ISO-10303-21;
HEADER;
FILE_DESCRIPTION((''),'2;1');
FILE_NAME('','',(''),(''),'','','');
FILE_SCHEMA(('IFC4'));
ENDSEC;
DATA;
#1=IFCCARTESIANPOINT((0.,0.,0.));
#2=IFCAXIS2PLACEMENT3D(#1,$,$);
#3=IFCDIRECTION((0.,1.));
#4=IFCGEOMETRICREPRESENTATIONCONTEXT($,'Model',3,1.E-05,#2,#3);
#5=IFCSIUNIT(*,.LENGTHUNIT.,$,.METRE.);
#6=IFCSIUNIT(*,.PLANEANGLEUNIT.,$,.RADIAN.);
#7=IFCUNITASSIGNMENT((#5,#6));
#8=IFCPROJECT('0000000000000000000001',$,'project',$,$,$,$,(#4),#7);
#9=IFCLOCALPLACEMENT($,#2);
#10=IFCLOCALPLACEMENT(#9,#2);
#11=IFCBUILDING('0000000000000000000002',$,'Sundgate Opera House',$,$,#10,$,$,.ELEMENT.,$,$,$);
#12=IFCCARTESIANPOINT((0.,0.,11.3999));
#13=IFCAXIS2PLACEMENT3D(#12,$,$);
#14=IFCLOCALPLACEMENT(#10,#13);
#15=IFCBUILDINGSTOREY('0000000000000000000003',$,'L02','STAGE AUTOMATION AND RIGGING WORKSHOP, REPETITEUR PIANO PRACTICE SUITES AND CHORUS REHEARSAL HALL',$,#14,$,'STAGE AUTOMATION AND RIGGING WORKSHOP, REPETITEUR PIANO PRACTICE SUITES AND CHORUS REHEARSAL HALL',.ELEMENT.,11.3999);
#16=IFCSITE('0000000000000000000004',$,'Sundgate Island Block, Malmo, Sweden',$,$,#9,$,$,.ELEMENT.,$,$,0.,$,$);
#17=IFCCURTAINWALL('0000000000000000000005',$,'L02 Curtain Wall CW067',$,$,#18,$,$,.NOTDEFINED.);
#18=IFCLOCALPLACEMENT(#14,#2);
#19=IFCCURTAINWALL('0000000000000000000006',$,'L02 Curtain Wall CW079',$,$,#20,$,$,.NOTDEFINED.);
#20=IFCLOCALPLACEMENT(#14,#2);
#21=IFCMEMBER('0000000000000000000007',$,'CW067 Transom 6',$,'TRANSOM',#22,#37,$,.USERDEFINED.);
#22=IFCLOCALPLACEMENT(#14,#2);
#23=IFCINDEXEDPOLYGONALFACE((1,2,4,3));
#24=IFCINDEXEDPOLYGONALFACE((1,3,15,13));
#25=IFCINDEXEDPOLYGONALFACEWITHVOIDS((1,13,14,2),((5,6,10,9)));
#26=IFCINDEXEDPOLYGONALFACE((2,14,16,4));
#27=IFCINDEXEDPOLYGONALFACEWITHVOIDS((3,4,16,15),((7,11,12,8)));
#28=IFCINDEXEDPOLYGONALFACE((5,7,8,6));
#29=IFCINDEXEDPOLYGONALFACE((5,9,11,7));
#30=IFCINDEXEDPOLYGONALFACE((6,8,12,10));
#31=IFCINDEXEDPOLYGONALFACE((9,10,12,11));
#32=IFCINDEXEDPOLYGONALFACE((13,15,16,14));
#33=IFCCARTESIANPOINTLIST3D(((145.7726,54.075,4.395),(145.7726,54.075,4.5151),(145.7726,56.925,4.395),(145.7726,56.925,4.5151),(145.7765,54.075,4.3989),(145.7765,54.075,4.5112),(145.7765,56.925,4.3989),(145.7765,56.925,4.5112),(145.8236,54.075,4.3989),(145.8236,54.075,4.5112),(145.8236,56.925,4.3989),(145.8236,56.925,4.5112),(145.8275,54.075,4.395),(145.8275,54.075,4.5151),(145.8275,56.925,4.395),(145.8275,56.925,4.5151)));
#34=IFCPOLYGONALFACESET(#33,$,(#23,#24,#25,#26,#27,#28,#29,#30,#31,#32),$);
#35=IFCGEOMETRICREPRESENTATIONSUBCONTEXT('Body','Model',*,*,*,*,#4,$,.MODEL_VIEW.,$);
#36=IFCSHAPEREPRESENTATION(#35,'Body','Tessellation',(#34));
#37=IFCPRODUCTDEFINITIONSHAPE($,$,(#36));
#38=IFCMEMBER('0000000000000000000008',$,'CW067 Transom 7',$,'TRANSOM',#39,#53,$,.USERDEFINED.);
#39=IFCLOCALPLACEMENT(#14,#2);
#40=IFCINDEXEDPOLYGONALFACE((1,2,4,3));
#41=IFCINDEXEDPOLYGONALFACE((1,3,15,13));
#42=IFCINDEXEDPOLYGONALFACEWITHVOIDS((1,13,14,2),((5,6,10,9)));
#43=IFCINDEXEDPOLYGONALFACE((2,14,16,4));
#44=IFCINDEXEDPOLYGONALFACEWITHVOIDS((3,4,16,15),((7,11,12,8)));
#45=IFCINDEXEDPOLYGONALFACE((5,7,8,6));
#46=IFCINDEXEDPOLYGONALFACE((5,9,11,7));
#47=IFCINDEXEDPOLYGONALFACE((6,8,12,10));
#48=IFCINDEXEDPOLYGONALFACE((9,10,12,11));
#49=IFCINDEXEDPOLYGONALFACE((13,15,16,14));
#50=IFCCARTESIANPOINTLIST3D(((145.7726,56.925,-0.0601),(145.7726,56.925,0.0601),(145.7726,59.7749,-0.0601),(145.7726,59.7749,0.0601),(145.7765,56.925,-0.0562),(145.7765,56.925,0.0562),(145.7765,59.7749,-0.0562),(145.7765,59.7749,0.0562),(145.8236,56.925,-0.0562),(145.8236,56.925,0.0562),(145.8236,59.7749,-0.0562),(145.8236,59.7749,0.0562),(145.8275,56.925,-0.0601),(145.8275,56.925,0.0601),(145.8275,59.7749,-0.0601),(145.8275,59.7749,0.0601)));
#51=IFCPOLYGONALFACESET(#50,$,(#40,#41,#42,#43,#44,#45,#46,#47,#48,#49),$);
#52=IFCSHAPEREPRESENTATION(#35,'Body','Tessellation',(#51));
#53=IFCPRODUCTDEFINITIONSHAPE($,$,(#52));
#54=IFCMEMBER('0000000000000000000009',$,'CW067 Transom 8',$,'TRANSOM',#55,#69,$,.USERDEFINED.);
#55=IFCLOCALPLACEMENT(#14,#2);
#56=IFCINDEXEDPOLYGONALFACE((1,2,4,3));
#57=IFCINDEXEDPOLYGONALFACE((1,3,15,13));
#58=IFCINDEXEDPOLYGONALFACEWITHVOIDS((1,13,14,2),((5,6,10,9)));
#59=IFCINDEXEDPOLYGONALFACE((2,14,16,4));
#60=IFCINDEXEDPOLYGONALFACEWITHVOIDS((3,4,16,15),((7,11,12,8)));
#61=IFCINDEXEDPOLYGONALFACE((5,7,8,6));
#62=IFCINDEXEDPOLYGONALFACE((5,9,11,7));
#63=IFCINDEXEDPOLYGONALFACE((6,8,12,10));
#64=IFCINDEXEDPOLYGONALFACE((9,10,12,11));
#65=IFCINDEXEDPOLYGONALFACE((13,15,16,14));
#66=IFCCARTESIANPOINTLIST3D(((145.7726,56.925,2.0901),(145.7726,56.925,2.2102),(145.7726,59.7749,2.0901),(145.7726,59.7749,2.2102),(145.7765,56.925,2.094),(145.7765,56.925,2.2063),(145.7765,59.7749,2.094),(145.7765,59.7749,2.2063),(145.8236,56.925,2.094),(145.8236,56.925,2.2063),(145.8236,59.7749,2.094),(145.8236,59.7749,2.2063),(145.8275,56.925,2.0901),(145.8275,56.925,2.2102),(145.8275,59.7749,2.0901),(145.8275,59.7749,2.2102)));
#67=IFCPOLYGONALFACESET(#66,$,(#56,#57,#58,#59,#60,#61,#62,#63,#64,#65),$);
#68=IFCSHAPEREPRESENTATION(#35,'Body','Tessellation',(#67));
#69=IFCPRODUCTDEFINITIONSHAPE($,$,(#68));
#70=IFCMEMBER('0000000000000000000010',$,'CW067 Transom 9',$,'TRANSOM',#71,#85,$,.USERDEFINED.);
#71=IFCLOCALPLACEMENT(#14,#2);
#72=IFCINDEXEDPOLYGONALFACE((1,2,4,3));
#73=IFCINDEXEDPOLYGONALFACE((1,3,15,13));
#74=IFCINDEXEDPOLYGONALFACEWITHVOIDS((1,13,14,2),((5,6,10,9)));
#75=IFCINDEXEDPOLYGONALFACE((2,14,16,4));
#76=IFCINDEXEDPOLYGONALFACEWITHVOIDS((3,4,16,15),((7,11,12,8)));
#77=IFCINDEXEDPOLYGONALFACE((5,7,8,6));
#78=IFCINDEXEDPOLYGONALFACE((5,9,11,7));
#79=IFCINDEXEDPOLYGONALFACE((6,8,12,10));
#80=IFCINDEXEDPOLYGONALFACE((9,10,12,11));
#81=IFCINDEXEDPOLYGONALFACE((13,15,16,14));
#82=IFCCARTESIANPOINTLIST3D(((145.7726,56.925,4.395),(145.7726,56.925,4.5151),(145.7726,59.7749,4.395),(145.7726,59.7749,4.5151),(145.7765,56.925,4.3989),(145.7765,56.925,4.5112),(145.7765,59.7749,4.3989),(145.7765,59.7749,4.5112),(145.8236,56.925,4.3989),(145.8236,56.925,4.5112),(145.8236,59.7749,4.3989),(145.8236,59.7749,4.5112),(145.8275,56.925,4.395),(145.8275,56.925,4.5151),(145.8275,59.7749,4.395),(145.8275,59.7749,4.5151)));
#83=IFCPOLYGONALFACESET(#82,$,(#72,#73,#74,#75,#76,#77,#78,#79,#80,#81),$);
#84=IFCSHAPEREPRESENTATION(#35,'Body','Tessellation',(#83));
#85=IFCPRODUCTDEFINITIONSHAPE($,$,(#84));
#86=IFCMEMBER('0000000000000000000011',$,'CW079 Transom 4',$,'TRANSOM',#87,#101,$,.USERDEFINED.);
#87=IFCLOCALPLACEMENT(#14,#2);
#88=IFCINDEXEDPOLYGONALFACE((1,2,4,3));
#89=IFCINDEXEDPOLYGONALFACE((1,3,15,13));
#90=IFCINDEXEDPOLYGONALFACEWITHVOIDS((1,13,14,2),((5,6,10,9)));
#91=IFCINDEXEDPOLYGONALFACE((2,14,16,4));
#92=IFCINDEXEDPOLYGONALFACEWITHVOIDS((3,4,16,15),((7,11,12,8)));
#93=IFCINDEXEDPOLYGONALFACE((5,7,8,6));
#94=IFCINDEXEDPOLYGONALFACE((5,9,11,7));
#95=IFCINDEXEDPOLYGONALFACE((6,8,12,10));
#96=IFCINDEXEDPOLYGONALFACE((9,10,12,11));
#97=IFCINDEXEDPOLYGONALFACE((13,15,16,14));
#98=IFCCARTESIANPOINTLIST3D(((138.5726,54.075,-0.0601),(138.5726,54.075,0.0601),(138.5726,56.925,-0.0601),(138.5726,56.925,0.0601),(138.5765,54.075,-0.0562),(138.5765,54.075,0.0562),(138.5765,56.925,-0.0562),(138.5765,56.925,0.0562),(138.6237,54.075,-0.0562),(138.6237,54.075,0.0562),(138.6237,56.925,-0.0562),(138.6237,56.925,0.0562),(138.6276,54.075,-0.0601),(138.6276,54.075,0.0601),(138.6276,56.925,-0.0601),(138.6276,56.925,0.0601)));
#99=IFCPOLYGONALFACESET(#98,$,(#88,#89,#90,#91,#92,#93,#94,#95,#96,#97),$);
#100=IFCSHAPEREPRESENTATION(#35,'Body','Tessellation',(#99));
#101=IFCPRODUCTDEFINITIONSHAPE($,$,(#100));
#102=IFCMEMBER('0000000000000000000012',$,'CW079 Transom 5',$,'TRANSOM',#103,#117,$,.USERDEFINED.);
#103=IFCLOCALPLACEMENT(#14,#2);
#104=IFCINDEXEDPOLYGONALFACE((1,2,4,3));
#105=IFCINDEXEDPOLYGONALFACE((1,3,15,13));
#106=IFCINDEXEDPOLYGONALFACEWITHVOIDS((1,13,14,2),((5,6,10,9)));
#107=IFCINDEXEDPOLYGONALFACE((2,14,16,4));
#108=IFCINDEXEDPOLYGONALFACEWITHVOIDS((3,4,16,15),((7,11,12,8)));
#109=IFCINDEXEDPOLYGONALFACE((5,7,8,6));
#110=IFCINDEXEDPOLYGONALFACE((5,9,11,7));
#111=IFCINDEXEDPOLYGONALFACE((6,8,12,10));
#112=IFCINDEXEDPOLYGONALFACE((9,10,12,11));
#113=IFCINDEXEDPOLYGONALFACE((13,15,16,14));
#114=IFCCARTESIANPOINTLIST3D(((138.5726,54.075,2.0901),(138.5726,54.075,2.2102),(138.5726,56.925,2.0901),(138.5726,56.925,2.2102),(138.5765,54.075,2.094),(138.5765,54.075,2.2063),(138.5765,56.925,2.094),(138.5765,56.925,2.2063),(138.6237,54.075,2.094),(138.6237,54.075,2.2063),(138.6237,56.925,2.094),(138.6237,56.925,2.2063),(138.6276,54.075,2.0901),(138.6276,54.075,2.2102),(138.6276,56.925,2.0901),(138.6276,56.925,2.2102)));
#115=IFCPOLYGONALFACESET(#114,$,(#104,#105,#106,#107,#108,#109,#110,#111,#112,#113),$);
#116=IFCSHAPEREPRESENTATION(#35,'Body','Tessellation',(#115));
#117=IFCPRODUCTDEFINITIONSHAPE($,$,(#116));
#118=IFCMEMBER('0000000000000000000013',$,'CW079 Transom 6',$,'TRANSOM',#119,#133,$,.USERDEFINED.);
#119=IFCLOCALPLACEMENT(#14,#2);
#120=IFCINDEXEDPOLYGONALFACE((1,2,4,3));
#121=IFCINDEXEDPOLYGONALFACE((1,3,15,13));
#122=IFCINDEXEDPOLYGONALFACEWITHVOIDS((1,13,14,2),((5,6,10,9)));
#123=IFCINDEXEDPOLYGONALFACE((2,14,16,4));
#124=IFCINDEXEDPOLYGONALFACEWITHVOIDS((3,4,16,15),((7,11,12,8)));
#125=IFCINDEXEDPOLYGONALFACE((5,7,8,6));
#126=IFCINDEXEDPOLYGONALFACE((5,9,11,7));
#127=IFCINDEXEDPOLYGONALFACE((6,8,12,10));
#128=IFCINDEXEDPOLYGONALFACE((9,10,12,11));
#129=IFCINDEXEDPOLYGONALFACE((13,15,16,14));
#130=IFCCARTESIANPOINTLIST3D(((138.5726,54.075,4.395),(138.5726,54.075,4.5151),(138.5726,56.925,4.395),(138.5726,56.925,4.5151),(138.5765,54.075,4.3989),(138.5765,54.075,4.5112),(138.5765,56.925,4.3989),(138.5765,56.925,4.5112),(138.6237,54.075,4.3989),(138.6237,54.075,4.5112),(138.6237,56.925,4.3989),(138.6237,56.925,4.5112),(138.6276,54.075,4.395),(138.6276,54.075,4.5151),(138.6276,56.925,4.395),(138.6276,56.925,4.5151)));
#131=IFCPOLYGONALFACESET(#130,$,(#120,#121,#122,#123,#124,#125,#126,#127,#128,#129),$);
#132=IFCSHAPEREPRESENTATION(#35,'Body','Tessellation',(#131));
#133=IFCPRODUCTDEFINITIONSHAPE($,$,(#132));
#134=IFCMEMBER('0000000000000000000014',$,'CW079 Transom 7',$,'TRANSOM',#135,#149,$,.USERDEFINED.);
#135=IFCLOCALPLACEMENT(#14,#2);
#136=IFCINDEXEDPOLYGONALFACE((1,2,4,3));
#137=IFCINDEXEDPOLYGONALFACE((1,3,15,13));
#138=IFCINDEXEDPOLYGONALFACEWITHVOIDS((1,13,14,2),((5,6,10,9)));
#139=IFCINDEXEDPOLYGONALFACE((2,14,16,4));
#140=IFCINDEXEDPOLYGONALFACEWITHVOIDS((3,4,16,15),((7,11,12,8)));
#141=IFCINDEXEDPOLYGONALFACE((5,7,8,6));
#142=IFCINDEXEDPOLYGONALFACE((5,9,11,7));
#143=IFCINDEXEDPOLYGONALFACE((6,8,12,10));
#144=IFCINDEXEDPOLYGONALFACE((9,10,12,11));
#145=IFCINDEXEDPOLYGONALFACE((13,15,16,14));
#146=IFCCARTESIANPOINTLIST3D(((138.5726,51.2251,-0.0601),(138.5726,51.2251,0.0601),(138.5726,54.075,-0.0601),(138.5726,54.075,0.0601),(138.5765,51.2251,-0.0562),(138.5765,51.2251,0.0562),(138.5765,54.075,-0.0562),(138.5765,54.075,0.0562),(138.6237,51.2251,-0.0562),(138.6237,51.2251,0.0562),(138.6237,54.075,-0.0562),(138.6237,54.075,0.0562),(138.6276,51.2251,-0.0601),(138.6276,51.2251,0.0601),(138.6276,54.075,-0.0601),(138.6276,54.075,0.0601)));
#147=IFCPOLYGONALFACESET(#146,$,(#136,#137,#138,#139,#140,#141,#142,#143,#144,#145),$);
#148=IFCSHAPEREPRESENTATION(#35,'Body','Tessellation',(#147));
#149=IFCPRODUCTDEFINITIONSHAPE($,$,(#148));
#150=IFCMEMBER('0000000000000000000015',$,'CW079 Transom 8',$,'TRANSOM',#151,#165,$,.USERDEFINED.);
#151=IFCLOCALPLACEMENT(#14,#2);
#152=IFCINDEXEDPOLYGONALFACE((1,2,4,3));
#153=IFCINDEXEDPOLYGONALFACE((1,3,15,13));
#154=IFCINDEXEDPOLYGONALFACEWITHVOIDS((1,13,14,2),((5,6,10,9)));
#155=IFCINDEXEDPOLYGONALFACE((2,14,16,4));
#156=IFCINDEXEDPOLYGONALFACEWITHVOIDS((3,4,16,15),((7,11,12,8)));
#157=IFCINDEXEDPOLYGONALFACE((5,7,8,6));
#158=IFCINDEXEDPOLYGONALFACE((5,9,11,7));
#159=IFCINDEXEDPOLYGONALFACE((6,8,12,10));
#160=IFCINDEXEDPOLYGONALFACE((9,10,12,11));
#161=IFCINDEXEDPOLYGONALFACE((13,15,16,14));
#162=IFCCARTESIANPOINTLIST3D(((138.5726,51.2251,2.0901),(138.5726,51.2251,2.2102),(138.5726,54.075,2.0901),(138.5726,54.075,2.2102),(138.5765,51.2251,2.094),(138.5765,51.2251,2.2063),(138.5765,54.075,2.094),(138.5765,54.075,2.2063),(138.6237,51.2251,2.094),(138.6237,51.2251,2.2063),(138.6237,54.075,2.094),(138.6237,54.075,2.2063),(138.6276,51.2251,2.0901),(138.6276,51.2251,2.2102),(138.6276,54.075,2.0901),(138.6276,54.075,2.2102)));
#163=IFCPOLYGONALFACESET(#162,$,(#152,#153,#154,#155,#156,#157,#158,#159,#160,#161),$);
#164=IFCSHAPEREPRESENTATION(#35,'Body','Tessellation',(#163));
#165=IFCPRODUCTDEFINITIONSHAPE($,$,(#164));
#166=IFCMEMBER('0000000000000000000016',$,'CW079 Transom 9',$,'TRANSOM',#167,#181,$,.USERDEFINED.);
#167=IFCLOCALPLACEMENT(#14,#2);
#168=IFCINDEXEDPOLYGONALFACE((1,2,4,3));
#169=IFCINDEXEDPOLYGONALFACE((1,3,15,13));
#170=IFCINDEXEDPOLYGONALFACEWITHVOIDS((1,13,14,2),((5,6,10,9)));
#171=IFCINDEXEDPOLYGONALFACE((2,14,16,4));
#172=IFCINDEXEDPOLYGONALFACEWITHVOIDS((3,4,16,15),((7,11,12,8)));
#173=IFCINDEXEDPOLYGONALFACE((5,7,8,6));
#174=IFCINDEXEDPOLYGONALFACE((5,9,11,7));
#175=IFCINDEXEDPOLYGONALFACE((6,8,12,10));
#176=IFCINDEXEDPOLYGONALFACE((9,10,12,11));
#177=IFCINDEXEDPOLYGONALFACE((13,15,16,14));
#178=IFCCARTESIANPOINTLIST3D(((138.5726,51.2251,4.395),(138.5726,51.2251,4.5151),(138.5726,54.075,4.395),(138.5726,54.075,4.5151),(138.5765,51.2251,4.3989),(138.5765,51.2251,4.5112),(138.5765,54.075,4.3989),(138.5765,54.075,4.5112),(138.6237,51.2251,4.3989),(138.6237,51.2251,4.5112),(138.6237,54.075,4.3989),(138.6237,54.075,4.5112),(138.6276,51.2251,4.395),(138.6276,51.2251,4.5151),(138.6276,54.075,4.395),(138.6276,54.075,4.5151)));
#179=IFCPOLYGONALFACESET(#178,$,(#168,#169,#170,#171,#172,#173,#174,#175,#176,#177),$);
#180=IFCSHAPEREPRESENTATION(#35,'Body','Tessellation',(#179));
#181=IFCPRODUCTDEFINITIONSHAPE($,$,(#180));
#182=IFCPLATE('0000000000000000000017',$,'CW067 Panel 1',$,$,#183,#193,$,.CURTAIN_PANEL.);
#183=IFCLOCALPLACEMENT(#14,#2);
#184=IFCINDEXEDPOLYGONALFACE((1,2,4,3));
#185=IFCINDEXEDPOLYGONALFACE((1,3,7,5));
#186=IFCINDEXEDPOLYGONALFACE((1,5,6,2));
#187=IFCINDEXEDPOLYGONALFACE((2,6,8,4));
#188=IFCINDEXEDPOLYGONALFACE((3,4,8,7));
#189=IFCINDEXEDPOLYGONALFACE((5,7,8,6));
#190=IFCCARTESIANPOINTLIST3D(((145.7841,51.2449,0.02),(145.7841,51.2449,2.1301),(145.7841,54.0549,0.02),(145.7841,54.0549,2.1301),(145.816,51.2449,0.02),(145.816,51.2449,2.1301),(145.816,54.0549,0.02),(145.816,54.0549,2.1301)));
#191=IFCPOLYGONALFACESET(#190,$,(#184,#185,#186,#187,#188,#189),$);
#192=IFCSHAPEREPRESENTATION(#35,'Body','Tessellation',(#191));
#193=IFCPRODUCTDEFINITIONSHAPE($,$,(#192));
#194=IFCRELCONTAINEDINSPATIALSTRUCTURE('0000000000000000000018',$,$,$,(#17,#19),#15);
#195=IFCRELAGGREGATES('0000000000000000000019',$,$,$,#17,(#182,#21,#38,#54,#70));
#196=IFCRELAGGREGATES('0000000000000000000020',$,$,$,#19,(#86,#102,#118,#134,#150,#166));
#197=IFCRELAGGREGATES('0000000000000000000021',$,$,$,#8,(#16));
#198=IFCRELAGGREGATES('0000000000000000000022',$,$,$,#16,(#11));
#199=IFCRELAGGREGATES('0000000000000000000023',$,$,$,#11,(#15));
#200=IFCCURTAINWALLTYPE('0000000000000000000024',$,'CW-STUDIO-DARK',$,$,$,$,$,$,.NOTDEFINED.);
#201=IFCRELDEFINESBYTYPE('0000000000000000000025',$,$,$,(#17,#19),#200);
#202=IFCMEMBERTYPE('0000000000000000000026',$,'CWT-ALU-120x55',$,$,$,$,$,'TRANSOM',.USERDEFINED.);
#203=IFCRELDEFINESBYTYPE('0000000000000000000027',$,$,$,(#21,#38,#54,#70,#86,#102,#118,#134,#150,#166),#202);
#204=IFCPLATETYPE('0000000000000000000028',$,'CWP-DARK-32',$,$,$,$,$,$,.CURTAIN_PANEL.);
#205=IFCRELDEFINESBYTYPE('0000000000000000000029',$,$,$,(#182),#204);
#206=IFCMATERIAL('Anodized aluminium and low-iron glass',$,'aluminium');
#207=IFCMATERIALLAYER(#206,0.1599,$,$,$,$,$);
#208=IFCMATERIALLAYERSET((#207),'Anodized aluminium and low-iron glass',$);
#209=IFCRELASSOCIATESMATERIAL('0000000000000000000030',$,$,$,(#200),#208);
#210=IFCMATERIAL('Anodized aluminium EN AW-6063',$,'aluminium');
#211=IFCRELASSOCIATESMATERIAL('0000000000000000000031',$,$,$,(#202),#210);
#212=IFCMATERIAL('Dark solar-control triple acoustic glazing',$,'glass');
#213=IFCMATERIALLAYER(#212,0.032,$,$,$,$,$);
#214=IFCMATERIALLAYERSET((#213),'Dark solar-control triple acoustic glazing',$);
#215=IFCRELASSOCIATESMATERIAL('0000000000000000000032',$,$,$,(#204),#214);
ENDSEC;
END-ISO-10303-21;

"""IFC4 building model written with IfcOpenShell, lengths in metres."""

from ifc_helpers import new_model, si_unit, direction, frame, origin, origin_2d, place, context, subcontext, project, spatial, rectangle, hollow_rectangle, extrude, material, layer, layer_set, material_profile, profile_set, type_object, element, aggregate, save


model = new_model("IFC4")

# Units and contexts
model_context = context("Model", 3, precision=1e-05, world=origin(), true_north=direction((0.0, 1.0)))
body_context = subcontext(model_context, "Body", "Model", "MODEL_VIEW")
ifc_project = project(units=[si_unit("LENGTHUNIT", "METRE"), si_unit("PLANEANGLEUNIT", "RADIAN")], contexts=[model_context])

# Site, building, storey
site_placement = place(None, origin())
site = spatial("IfcSite", under=ifc_project, at=site_placement, Name="Sundgate Island Block, Malmo, Sweden", CompositionType="ELEMENT", RefElevation=0.0)
building_placement = place(site_placement, origin())
building = spatial("IfcBuilding", under=site, at=building_placement, Name="Sundgate Opera House", CompositionType="ELEMENT")
storey_placement = place(building_placement, frame((0.0, 0.0, 11.3999)))
storey = spatial("IfcBuildingStorey", under=building, at=storey_placement, Name="L02", Description="STAGE AUTOMATION AND RIGGING WORKSHOP, REPETITEUR PIANO PRACTICE SUITES AND CHORUS REHEARSAL HALL", LongName="STAGE AUTOMATION AND RIGGING WORKSHOP, REPETITEUR PIANO PRACTICE SUITES AND CHORUS REHEARSAL HALL", CompositionType="ELEMENT", Elevation=11.3999)

# Shared definitions
ifc_material_1 = material(Name="Anodized aluminium and low-iron glass", Category="aluminium")
ifc_layer_1 = layer(ifc_material_1, 0.1599)
ifc_layer_set_1 = layer_set([ifc_layer_1], Name="Anodized aluminium and low-iron glass")
curtain_wall_type = type_object("IfcCurtainWallType", Name="CW-STUDIO-DARK", PredefinedType="NOTDEFINED", material=ifc_layer_set_1)

# Curtain walls
curtain_wall_1_placement = place(storey_placement, origin())
curtain_wall_1 = element("IfcCurtainWall", 1, at=curtain_wall_1_placement, inside=storey, type_object=curtain_wall_type, Name="L02 Curtain Wall CW067", PredefinedType="NOTDEFINED")
curtain_wall_2_placement = place(storey_placement, origin())
curtain_wall_2 = element("IfcCurtainWall", 2, at=curtain_wall_2_placement, inside=storey, type_object=curtain_wall_type, Name="L02 Curtain Wall CW079", PredefinedType="NOTDEFINED")

# Members
ifc_material_2 = material(Name="Anodized aluminium EN AW-6063", Category="aluminium")
ifc_material_profile_1 = material_profile(ifc_material_2, hollow_rectangle(XDim=0.0549, YDim=0.1201, WallThickness=0.0039, at=origin_2d()), Name="CWT 120x55x4")
ifc_profile_set_1 = profile_set([ifc_material_profile_1], Name="Anodized aluminium EN AW-6063")
member_type_1 = type_object("IfcMemberType", Name="CWT-ALU-120x55", ElementType="TRANSOM", PredefinedType="USERDEFINED", material=ifc_profile_set_1)
member_1_placement = place(storey_placement, frame((145.8, 54.075, 4.4551), z_axis=(0.0, 1.0, 0.0), x_axis=(-1.0, 0.0, 0.0)))
member_1 = element("IfcMember", 3, at=member_1_placement, type_object=member_type_1, Name="CW067 Transom 6", ObjectType="TRANSOM", PredefinedType="USERDEFINED", context=body_context, shape_type="SweptSolid", body=[
    extrude(hollow_rectangle(XDim=0.0549, YDim=0.1201, WallThickness=0.0039, at=origin_2d()), origin(), (0.0, 0.0, 1.0), 2.8501),
])
member_2_placement = place(storey_placement, frame((145.8, 56.925, 0.0), z_axis=(0.0, 1.0, 0.0), x_axis=(-1.0, 0.0, 0.0)))
member_2 = element("IfcMember", 4, at=member_2_placement, type_object=member_type_1, Name="CW067 Transom 7", ObjectType="TRANSOM", PredefinedType="USERDEFINED", context=body_context, shape_type="SweptSolid", body=[
    extrude(hollow_rectangle(XDim=0.0549, YDim=0.1201, WallThickness=0.0039, at=origin_2d()), origin(), (0.0, 0.0, 1.0), 2.8499),
])
member_3_placement = place(storey_placement, frame((145.8, 56.925, 2.1501), z_axis=(0.0, 1.0, 0.0), x_axis=(-1.0, 0.0, 0.0)))
member_3 = element("IfcMember", 5, at=member_3_placement, type_object=member_type_1, Name="CW067 Transom 8", ObjectType="TRANSOM", PredefinedType="USERDEFINED", context=body_context, shape_type="SweptSolid", body=[
    extrude(hollow_rectangle(XDim=0.0549, YDim=0.1201, WallThickness=0.0039, at=origin_2d()), origin(), (0.0, 0.0, 1.0), 2.8499),
])
member_4_placement = place(storey_placement, frame((145.8, 56.925, 4.4551), z_axis=(0.0, 1.0, 0.0), x_axis=(-1.0, 0.0, 0.0)))
member_4 = element("IfcMember", 6, at=member_4_placement, type_object=member_type_1, Name="CW067 Transom 9", ObjectType="TRANSOM", PredefinedType="USERDEFINED", context=body_context, shape_type="SweptSolid", body=[
    extrude(hollow_rectangle(XDim=0.0549, YDim=0.1201, WallThickness=0.0039, at=origin_2d()), origin(), (0.0, 0.0, 1.0), 2.8499),
])
member_5_placement = place(storey_placement, frame((138.6001, 56.925, 0.0), z_axis=(0.0, -1.0, 0.0), x_axis=(1.0, 0.0, 0.0)))
member_5 = element("IfcMember", 7, at=member_5_placement, type_object=member_type_1, Name="CW079 Transom 4", ObjectType="TRANSOM", PredefinedType="USERDEFINED", context=body_context, shape_type="SweptSolid", body=[
    extrude(hollow_rectangle(XDim=0.0549, YDim=0.1201, WallThickness=0.0039, at=origin_2d()), origin(), (0.0, 0.0, 1.0), 2.8501),
])
member_6_placement = place(storey_placement, frame((138.6001, 56.925, 2.1501), z_axis=(0.0, -1.0, 0.0), x_axis=(1.0, 0.0, 0.0)))
member_6 = element("IfcMember", 8, at=member_6_placement, type_object=member_type_1, Name="CW079 Transom 5", ObjectType="TRANSOM", PredefinedType="USERDEFINED", context=body_context, shape_type="SweptSolid", body=[
    extrude(hollow_rectangle(XDim=0.0549, YDim=0.1201, WallThickness=0.0039, at=origin_2d()), origin(), (0.0, 0.0, 1.0), 2.8501),
])
member_7_placement = place(storey_placement, frame((138.6001, 56.925, 4.4551), z_axis=(0.0, -1.0, 0.0), x_axis=(1.0, 0.0, 0.0)))
member_7 = element("IfcMember", 9, at=member_7_placement, type_object=member_type_1, Name="CW079 Transom 6", ObjectType="TRANSOM", PredefinedType="USERDEFINED", context=body_context, shape_type="SweptSolid", body=[
    extrude(hollow_rectangle(XDim=0.0549, YDim=0.1201, WallThickness=0.0039, at=origin_2d()), origin(), (0.0, 0.0, 1.0), 2.8501),
])
member_8_placement = place(storey_placement, frame((138.6001, 54.075, 0.0), z_axis=(0.0, -1.0, 0.0), x_axis=(1.0, 0.0, 0.0)))
member_8 = element("IfcMember", 10, at=member_8_placement, type_object=member_type_1, Name="CW079 Transom 7", ObjectType="TRANSOM", PredefinedType="USERDEFINED", context=body_context, shape_type="SweptSolid", body=[
    extrude(hollow_rectangle(XDim=0.0549, YDim=0.1201, WallThickness=0.0039, at=origin_2d()), origin(), (0.0, 0.0, 1.0), 2.8499),
])
member_9_placement = place(storey_placement, frame((138.6001, 54.075, 2.1501), z_axis=(0.0, -1.0, 0.0), x_axis=(1.0, 0.0, 0.0)))
member_9 = element("IfcMember", 11, at=member_9_placement, type_object=member_type_1, Name="CW079 Transom 8", ObjectType="TRANSOM", PredefinedType="USERDEFINED", context=body_context, shape_type="SweptSolid", body=[
    extrude(hollow_rectangle(XDim=0.0549, YDim=0.1201, WallThickness=0.0039, at=origin_2d()), origin(), (0.0, 0.0, 1.0), 2.8499),
])
member_10_placement = place(storey_placement, frame((138.6001, 54.075, 4.4551), z_axis=(0.0, -1.0, 0.0), x_axis=(1.0, 0.0, 0.0)))
member_10 = element("IfcMember", 12, at=member_10_placement, type_object=member_type_1, Name="CW079 Transom 9", ObjectType="TRANSOM", PredefinedType="USERDEFINED", context=body_context, shape_type="SweptSolid", body=[
    extrude(hollow_rectangle(XDim=0.0549, YDim=0.1201, WallThickness=0.0039, at=origin_2d()), origin(), (0.0, 0.0, 1.0), 2.8499),
])

# Plate
ifc_material_3 = material(Name="Dark solar-control triple acoustic glazing", Category="glass")
ifc_layer_2 = layer(ifc_material_3, 0.032)
ifc_layer_set_2 = layer_set([ifc_layer_2], Name="Dark solar-control triple acoustic glazing")
plate_type_1 = type_object("IfcPlateType", Name="CWP-DARK-32", PredefinedType="CURTAIN_PANEL", material=ifc_layer_set_2)
plate_1_placement = place(storey_placement, frame((145.8, 52.6499, 0.02), z_axis=(0.0, 0.0, 1.0), x_axis=(0.0, 1.0, 0.0)))
plate_1 = element("IfcPlate", 13, at=plate_1_placement, type_object=plate_type_1, Name="CW067 Panel 1", PredefinedType="CURTAIN_PANEL", context=body_context, shape_type="SweptSolid", body=[
    extrude(rectangle(XDim=2.8101, YDim=0.032, at=origin_2d()), origin(), (0.0, 0.0, 1.0), 2.1101),
])
aggregate(curtain_wall_1, [plate_1, member_1, member_2, member_3, member_4])
aggregate(curtain_wall_2, [member_5, member_6, member_7, member_8, member_9, member_10])

save(model, "model.ifc")
